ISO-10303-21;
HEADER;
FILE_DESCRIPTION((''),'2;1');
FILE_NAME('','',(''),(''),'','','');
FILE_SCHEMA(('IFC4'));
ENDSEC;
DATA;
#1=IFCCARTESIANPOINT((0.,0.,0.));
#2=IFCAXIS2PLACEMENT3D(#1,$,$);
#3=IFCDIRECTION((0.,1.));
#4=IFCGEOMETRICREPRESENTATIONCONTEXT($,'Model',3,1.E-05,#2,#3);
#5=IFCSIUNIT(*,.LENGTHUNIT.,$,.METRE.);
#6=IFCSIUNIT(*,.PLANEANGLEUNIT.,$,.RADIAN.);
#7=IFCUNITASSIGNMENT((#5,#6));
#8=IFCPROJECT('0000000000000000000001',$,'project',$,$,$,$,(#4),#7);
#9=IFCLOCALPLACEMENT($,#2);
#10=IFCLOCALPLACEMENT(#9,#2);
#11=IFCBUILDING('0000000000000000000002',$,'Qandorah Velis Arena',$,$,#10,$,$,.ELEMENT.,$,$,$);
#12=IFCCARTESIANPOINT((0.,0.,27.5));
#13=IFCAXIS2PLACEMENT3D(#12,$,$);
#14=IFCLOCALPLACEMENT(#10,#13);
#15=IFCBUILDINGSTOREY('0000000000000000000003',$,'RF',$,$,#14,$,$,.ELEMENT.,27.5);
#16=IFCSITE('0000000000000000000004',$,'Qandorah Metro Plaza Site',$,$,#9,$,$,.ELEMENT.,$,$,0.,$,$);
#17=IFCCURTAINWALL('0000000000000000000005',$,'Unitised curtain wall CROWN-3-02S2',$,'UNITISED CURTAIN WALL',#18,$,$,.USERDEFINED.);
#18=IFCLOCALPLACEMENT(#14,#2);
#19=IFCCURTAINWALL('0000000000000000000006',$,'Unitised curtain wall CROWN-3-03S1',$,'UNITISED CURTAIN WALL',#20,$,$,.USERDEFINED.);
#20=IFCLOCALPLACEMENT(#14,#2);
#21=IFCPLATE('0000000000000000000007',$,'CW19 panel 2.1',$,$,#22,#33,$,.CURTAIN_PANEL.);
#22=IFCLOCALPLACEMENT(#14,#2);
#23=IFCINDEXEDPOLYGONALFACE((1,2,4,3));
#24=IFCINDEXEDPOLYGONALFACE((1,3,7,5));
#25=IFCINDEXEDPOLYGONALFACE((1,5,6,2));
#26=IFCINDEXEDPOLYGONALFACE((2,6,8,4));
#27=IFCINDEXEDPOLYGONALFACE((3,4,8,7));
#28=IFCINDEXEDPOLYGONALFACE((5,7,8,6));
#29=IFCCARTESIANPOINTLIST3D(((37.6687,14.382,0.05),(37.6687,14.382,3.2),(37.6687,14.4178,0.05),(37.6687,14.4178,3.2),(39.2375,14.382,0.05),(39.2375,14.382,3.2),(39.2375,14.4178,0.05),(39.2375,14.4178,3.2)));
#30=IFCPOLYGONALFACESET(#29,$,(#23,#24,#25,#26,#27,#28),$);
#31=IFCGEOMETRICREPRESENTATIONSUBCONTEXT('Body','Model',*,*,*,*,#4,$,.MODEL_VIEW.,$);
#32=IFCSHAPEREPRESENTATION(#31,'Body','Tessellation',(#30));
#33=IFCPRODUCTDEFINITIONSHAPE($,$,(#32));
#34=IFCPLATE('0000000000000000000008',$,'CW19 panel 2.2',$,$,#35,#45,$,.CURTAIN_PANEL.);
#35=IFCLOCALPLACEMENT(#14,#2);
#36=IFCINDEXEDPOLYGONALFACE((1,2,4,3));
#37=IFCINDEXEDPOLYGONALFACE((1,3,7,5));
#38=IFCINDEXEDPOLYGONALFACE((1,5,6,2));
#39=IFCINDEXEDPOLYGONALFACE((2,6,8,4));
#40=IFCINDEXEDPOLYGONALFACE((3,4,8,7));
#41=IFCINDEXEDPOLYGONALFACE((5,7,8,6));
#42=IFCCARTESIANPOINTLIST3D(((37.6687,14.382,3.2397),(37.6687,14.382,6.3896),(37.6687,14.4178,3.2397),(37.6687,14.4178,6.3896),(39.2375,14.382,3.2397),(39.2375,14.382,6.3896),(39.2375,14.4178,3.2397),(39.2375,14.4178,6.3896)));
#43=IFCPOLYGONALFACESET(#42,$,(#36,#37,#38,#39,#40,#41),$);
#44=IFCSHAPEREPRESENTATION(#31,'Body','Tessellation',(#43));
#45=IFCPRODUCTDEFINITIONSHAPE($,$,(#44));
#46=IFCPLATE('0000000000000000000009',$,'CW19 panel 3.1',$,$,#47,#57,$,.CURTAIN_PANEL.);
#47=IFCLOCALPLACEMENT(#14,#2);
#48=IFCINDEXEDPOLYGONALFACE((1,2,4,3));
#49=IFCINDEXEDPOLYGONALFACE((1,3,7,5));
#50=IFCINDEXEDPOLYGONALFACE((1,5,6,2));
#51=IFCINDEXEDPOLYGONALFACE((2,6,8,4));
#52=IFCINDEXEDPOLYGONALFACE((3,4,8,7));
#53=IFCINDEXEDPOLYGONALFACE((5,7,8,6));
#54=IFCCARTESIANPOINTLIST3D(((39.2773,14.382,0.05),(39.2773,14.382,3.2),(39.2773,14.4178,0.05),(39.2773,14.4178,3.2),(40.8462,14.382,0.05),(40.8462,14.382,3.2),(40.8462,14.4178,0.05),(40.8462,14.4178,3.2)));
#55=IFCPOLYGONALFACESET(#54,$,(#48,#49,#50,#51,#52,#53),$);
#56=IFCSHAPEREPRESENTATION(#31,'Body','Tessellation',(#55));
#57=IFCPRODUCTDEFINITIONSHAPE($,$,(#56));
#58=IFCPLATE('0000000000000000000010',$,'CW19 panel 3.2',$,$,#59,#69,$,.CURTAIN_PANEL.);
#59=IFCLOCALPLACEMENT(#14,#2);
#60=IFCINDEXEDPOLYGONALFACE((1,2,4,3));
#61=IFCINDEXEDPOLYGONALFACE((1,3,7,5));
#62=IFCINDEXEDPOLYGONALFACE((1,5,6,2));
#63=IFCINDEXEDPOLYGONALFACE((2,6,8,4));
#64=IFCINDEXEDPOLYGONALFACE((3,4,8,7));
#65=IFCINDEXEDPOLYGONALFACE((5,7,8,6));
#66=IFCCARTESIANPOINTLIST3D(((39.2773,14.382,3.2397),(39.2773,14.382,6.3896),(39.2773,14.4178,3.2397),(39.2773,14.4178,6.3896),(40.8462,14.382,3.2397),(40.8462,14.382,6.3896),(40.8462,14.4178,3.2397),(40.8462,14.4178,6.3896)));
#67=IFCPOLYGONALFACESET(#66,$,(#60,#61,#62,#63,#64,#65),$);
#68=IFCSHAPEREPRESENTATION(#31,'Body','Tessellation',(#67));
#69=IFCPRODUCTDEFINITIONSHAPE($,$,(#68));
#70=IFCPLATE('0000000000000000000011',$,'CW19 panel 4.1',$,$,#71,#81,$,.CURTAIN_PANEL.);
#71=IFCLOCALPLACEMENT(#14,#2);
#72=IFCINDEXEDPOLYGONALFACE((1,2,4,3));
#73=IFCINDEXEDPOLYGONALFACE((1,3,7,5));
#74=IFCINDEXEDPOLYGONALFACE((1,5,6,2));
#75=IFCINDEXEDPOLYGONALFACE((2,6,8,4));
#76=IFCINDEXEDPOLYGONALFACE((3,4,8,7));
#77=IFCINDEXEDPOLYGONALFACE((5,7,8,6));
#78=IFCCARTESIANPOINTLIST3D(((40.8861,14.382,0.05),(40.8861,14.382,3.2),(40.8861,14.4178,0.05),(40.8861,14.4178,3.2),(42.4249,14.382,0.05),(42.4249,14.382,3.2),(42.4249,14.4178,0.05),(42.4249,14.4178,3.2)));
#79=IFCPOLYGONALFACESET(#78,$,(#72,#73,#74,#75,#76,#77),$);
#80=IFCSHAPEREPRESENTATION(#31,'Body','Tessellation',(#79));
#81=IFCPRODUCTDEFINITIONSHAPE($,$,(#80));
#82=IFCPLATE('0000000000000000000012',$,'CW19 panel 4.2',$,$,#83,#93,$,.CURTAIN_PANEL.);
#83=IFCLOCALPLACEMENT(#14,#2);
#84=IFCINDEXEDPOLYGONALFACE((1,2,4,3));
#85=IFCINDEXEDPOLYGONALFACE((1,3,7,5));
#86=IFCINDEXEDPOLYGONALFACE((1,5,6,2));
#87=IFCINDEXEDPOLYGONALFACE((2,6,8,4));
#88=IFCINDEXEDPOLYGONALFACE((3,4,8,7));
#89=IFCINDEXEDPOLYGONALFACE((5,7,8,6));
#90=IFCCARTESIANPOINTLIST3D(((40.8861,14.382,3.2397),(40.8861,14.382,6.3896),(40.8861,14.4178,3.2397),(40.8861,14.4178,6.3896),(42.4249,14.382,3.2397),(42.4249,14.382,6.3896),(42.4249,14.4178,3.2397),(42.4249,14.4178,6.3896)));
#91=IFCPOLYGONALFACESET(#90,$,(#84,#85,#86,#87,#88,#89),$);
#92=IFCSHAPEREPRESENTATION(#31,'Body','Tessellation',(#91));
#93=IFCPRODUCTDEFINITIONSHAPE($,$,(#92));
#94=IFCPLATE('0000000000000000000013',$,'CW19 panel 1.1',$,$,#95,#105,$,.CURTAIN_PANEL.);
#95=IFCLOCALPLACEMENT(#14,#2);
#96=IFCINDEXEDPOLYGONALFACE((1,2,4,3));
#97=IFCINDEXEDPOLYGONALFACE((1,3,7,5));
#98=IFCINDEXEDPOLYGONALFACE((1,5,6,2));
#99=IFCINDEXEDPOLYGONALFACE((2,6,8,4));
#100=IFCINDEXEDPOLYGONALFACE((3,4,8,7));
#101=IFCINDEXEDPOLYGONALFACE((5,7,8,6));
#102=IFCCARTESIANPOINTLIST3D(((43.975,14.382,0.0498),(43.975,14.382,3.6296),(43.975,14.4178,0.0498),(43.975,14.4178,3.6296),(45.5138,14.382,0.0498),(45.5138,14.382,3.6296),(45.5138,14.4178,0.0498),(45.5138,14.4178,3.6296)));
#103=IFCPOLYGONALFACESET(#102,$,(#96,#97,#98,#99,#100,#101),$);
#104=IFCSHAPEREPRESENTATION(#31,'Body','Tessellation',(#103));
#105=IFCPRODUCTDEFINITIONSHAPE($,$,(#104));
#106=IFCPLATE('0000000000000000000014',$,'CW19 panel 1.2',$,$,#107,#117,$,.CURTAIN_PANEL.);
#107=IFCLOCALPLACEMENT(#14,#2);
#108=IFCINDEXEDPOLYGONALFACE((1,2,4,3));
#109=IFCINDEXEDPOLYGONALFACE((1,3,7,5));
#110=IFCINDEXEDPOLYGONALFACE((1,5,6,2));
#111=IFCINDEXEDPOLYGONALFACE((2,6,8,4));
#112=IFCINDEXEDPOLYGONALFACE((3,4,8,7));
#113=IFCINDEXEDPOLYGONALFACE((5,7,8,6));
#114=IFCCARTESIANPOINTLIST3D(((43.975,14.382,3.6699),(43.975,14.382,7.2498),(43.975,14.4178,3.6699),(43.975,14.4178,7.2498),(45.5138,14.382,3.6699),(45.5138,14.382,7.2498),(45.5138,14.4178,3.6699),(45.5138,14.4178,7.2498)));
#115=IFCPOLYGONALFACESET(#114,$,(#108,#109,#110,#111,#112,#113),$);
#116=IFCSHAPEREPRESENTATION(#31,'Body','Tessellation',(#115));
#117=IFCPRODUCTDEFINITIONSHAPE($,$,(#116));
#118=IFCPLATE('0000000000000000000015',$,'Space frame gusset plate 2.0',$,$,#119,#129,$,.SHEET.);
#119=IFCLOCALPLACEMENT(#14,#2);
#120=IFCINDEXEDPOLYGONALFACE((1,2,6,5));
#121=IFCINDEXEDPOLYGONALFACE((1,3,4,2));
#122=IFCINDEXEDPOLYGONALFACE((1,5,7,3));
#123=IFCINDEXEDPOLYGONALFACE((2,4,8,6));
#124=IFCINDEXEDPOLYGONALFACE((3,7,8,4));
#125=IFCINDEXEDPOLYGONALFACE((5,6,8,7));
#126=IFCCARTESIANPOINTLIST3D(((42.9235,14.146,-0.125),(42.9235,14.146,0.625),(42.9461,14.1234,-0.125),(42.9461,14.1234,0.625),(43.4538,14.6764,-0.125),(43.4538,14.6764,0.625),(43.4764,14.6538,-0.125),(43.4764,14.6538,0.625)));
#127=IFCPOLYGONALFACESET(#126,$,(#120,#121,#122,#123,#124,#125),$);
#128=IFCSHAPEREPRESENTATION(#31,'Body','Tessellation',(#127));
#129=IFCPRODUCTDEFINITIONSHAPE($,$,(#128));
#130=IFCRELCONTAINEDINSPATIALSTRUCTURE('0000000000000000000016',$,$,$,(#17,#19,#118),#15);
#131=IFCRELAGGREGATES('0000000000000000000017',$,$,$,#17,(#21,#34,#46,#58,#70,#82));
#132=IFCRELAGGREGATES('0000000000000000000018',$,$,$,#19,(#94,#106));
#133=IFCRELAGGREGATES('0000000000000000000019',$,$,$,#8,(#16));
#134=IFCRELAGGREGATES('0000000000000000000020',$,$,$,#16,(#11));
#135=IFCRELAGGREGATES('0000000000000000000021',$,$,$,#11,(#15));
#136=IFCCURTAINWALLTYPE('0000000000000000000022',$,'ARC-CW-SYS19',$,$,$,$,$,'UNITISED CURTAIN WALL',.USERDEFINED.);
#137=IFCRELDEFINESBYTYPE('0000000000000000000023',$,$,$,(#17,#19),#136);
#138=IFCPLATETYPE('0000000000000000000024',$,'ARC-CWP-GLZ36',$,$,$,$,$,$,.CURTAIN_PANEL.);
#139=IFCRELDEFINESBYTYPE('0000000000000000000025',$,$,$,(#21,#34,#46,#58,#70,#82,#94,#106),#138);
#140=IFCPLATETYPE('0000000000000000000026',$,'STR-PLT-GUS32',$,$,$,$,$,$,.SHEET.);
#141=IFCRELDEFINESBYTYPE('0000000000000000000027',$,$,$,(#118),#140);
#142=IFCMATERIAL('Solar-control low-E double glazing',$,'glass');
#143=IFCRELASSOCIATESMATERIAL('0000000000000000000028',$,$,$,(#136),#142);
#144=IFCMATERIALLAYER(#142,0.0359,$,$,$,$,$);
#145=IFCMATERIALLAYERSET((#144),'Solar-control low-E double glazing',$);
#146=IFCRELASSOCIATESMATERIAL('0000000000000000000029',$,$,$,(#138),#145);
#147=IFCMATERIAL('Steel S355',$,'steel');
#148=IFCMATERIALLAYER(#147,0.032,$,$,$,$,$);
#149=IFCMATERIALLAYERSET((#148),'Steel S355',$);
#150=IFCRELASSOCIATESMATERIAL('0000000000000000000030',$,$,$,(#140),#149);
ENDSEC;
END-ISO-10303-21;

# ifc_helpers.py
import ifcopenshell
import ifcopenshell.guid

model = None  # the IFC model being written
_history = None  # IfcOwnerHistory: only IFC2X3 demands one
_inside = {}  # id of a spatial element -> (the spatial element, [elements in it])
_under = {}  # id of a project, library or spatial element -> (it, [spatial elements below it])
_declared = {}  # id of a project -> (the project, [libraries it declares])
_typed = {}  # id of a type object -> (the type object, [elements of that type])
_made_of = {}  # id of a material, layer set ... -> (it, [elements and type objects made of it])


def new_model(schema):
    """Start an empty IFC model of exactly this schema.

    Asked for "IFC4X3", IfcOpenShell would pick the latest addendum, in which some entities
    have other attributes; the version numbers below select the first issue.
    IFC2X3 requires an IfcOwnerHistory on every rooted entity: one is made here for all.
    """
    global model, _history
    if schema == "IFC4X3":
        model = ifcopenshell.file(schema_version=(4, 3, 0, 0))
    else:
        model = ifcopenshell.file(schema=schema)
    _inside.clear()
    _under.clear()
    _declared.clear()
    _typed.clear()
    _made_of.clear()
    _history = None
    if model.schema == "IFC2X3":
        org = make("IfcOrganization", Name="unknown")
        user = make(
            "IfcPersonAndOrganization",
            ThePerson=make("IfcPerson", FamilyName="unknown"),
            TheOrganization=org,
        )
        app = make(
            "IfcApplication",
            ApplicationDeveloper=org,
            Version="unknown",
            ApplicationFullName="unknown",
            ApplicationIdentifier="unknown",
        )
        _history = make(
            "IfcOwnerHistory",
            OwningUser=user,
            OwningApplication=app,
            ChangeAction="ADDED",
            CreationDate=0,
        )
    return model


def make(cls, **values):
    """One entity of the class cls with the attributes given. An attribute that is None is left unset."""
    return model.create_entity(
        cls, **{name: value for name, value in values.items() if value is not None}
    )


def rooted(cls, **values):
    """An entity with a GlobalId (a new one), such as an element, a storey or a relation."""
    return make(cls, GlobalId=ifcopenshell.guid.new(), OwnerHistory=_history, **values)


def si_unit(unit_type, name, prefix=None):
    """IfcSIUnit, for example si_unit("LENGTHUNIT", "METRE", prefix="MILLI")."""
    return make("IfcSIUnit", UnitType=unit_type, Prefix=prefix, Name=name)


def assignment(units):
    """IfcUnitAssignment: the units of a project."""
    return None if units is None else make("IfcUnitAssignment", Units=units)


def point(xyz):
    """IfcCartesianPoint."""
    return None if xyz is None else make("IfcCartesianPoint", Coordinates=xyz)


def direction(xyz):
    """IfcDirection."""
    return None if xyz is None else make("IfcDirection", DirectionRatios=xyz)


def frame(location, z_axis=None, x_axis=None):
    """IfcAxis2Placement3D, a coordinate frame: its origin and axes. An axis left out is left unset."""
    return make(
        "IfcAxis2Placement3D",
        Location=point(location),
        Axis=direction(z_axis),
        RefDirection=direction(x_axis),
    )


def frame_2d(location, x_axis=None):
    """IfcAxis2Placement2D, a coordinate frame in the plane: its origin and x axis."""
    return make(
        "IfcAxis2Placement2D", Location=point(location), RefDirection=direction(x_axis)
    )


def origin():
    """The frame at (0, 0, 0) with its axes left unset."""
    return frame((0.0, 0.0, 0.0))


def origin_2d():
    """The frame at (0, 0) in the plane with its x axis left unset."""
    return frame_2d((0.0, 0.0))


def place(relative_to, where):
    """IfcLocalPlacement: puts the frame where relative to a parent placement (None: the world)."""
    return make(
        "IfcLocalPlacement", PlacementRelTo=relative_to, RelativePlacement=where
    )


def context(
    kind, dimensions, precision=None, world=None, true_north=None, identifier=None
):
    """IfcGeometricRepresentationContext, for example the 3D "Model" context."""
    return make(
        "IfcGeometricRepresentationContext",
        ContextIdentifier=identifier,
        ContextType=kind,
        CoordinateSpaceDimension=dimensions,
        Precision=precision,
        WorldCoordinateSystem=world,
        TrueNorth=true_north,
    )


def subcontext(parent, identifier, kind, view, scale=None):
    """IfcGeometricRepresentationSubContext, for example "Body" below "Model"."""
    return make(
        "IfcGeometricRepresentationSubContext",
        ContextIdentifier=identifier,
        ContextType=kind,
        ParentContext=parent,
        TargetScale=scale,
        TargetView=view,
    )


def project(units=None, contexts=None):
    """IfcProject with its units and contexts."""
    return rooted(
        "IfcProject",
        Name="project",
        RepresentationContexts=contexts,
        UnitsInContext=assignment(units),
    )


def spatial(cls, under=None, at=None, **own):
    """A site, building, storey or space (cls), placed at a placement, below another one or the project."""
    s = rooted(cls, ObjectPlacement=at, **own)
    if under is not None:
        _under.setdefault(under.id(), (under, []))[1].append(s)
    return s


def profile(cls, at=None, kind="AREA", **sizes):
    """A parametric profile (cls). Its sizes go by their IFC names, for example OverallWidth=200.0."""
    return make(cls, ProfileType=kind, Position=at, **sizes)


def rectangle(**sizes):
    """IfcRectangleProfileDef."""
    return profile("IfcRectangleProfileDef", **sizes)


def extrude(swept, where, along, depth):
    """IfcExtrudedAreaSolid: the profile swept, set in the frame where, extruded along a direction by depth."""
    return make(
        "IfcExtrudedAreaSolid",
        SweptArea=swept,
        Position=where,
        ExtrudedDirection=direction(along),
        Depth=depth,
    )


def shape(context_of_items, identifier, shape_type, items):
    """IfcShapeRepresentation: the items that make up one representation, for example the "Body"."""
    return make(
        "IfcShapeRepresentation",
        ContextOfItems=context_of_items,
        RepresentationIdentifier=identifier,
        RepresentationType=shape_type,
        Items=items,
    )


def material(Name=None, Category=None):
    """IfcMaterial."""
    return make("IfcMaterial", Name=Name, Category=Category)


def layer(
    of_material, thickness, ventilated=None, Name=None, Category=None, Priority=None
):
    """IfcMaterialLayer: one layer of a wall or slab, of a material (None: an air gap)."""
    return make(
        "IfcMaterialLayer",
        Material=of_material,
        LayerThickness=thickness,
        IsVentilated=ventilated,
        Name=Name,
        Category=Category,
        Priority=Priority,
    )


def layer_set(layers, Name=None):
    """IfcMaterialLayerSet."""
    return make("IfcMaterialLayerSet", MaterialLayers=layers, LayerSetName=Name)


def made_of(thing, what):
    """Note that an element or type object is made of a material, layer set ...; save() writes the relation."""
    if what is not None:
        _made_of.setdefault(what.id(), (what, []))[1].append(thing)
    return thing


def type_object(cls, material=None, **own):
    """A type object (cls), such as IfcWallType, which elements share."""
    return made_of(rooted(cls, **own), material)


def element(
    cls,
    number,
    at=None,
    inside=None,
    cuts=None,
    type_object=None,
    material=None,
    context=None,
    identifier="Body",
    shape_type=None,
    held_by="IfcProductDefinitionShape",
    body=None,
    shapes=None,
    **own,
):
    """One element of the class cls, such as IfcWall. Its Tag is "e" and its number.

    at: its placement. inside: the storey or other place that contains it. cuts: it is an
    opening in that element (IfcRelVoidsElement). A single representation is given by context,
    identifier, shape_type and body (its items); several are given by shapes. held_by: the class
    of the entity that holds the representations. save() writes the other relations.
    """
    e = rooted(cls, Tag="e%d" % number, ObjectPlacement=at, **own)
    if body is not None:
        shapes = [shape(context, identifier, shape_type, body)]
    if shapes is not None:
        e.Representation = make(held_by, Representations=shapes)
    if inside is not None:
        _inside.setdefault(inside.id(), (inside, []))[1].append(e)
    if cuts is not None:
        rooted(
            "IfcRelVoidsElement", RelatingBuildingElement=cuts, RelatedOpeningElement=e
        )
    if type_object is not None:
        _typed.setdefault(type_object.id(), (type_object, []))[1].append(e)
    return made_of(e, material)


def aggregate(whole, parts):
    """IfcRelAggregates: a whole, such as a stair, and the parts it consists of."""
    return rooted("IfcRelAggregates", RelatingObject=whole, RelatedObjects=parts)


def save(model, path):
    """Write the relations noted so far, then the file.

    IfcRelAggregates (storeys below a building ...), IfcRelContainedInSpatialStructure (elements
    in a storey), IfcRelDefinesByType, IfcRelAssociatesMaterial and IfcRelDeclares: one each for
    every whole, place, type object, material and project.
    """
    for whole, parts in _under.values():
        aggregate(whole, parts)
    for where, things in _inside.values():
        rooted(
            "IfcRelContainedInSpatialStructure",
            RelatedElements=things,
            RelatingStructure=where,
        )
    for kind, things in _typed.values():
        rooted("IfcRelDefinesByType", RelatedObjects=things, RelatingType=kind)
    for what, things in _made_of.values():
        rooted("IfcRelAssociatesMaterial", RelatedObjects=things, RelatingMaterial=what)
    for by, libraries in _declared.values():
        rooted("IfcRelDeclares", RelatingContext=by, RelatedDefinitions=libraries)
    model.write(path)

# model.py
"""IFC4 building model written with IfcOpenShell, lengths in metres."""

from ifc_helpers import new_model, si_unit, direction, frame, origin, origin_2d, place, context, subcontext, project, spatial, rectangle, extrude, material, layer, layer_set, type_object, element, aggregate, save


model = new_model("IFC4")

# Units and contexts
model_context = context("Model", 3, precision=1e-05, world=origin(), true_north=direction((0.0, 1.0)))
body_context = subcontext(model_context, "Body", "Model", "MODEL_VIEW")
ifc_project = project(units=[si_unit("LENGTHUNIT", "METRE"), si_unit("PLANEANGLEUNIT", "RADIAN")], contexts=[model_context])

# Site, building, storey
site_placement = place(None, origin())
site = spatial("IfcSite", under=ifc_project, at=site_placement, Name="Qandorah Metro Plaza Site", CompositionType="ELEMENT", RefElevation=0.0)
building_placement = place(site_placement, origin())
building = spatial("IfcBuilding", under=site, at=building_placement, Name="Qandorah Velis Arena", CompositionType="ELEMENT")
storey_placement = place(building_placement, frame((0.0, 0.0, 27.5)))
storey = spatial("IfcBuildingStorey", under=building, at=storey_placement, Name="RF", CompositionType="ELEMENT", Elevation=27.5)

# Curtain walls
ifc_material_1 = material(Name="Solar-control low-E double glazing", Category="glass")
curtain_wall_type = type_object("IfcCurtainWallType", Name="ARC-CW-SYS19", ElementType="UNITISED CURTAIN WALL", PredefinedType="USERDEFINED", material=ifc_material_1)
curtain_wall_1_placement = place(storey_placement, origin())
curtain_wall_1 = element("IfcCurtainWall", 1, at=curtain_wall_1_placement, inside=storey, type_object=curtain_wall_type, Name="Unitised curtain wall CROWN-3-02S2", ObjectType="UNITISED CURTAIN WALL", PredefinedType="USERDEFINED")
curtain_wall_2_placement = place(storey_placement, origin())
curtain_wall_2 = element("IfcCurtainWall", 2, at=curtain_wall_2_placement, inside=storey, type_object=curtain_wall_type, Name="Unitised curtain wall CROWN-3-03S1", ObjectType="UNITISED CURTAIN WALL", PredefinedType="USERDEFINED")

# Shared definitions
ifc_material_2 = material(Name="Steel S355", Category="steel")

# Plates
ifc_layer_1 = layer(ifc_material_1, 0.0359)
ifc_layer_set_1 = layer_set([ifc_layer_1], Name="Solar-control low-E double glazing")
plate_type_1 = type_object("IfcPlateType", Name="ARC-CWP-GLZ36", PredefinedType="CURTAIN_PANEL", material=ifc_layer_set_1)
plate_1_placement = place(storey_placement, frame((38.4531, 14.3999, 0.05), z_axis=(0.0, 0.0, 1.0), x_axis=(1.0, 0.0, 0.0)))
plate_1 = element("IfcPlate", 3, at=plate_1_placement, type_object=plate_type_1, Name="CW19 panel 2.1", PredefinedType="CURTAIN_PANEL", context=body_context, shape_type="SweptSolid", body=[
    extrude(rectangle(XDim=1.5688, YDim=0.0359, at=origin_2d()), origin(), (0.0, 0.0, 1.0), 3.1499),
])
plate_2_placement = place(storey_placement, frame((38.4531, 14.3999, 3.2397), z_axis=(0.0, 0.0, 1.0), x_axis=(1.0, 0.0, 0.0)))
plate_2 = element("IfcPlate", 4, at=plate_2_placement, type_object=plate_type_1, Name="CW19 panel 2.2", PredefinedType="CURTAIN_PANEL", context=body_context, shape_type="SweptSolid", body=[
    extrude(rectangle(XDim=1.5688, YDim=0.0359, at=origin_2d()), origin(), (0.0, 0.0, 1.0), 3.1499),
])
plate_3_placement = place(storey_placement, frame((40.0618, 14.3999, 0.05), z_axis=(0.0, 0.0, 1.0), x_axis=(1.0, 0.0, 0.0)))
plate_3 = element("IfcPlate", 5, at=plate_3_placement, type_object=plate_type_1, Name="CW19 panel 3.1", PredefinedType="CURTAIN_PANEL", context=body_context, shape_type="SweptSolid", body=[
    extrude(rectangle(XDim=1.5688, YDim=0.0359, at=origin_2d()), origin(), (0.0, 0.0, 1.0), 3.1499),
])
plate_4_placement = place(storey_placement, frame((40.0618, 14.3999, 3.2397), z_axis=(0.0, 0.0, 1.0), x_axis=(1.0, 0.0, 0.0)))
plate_4 = element("IfcPlate", 6, at=plate_4_placement, type_object=plate_type_1, Name="CW19 panel 3.2", PredefinedType="CURTAIN_PANEL", context=body_context, shape_type="SweptSolid", body=[
    extrude(rectangle(XDim=1.5688, YDim=0.0359, at=origin_2d()), origin(), (0.0, 0.0, 1.0), 3.1499),
])
plate_5_placement = place(storey_placement, frame((41.6555, 14.3999, 0.05), z_axis=(0.0, 0.0, 1.0), x_axis=(1.0, 0.0, 0.0)))
plate_5 = element("IfcPlate", 7, at=plate_5_placement, type_object=plate_type_1, Name="CW19 panel 4.1", PredefinedType="CURTAIN_PANEL", context=body_context, shape_type="SweptSolid", body=[
    extrude(rectangle(XDim=1.5388, YDim=0.0359, at=origin_2d()), origin(), (0.0, 0.0, 1.0), 3.1499),
])
plate_6_placement = place(storey_placement, frame((41.6555, 14.3999, 3.2397), z_axis=(0.0, 0.0, 1.0), x_axis=(1.0, 0.0, 0.0)))
plate_6 = element("IfcPlate", 8, at=plate_6_placement, type_object=plate_type_1, Name="CW19 panel 4.2", PredefinedType="CURTAIN_PANEL", context=body_context, shape_type="SweptSolid", body=[
    extrude(rectangle(XDim=1.5388, YDim=0.0359, at=origin_2d()), origin(), (0.0, 0.0, 1.0), 3.1499),
])
aggregate(curtain_wall_1, [plate_1, plate_2, plate_3, plate_4, plate_5, plate_6])
plate_7_placement = place(storey_placement, frame((44.7444, 14.3999, 0.0498), z_axis=(0.0, 0.0, 1.0), x_axis=(1.0, 0.0, 0.0)))
plate_7 = element("IfcPlate", 9, at=plate_7_placement, type_object=plate_type_1, Name="CW19 panel 1.1", PredefinedType="CURTAIN_PANEL", context=body_context, shape_type="SweptSolid", body=[
    extrude(rectangle(XDim=1.5388, YDim=0.0359, at=origin_2d()), origin(), (0.0, 0.0, 1.0), 3.5798),
])
plate_8_placement = place(storey_placement, frame((44.7444, 14.3999, 3.6699), z_axis=(0.0, 0.0, 1.0), x_axis=(1.0, 0.0, 0.0)))
plate_8 = element("IfcPlate", 10, at=plate_8_placement, type_object=plate_type_1, Name="CW19 panel 1.2", PredefinedType="CURTAIN_PANEL", context=body_context, shape_type="SweptSolid", body=[
    extrude(rectangle(XDim=1.5388, YDim=0.0359, at=origin_2d()), origin(), (0.0, 0.0, 1.0), 3.5798),
])
aggregate(curtain_wall_2, [plate_7, plate_8])
ifc_layer_2 = layer(ifc_material_2, 0.032)
ifc_layer_set_2 = layer_set([ifc_layer_2], Name="Steel S355")
plate_type_2 = type_object("IfcPlateType", Name="STR-PLT-GUS32", PredefinedType="SHEET", material=ifc_layer_set_2)
plate_9_placement = place(storey_placement, frame((43.2, 14.3999, -0.125), z_axis=(0.0, 0.0, 1.0), x_axis=(0.707107, 0.707107, 0.0)))
element("IfcPlate", 11, at=plate_9_placement, inside=storey, type_object=plate_type_2, Name="Space frame gusset plate 2.0", PredefinedType="SHEET", context=body_context, shape_type="SweptSolid", body=[
    extrude(rectangle(XDim=0.75, YDim=0.032, at=origin_2d()), origin(), (0.0, 0.0, 1.0), 0.75),
])

save(model, "model.ifc")
